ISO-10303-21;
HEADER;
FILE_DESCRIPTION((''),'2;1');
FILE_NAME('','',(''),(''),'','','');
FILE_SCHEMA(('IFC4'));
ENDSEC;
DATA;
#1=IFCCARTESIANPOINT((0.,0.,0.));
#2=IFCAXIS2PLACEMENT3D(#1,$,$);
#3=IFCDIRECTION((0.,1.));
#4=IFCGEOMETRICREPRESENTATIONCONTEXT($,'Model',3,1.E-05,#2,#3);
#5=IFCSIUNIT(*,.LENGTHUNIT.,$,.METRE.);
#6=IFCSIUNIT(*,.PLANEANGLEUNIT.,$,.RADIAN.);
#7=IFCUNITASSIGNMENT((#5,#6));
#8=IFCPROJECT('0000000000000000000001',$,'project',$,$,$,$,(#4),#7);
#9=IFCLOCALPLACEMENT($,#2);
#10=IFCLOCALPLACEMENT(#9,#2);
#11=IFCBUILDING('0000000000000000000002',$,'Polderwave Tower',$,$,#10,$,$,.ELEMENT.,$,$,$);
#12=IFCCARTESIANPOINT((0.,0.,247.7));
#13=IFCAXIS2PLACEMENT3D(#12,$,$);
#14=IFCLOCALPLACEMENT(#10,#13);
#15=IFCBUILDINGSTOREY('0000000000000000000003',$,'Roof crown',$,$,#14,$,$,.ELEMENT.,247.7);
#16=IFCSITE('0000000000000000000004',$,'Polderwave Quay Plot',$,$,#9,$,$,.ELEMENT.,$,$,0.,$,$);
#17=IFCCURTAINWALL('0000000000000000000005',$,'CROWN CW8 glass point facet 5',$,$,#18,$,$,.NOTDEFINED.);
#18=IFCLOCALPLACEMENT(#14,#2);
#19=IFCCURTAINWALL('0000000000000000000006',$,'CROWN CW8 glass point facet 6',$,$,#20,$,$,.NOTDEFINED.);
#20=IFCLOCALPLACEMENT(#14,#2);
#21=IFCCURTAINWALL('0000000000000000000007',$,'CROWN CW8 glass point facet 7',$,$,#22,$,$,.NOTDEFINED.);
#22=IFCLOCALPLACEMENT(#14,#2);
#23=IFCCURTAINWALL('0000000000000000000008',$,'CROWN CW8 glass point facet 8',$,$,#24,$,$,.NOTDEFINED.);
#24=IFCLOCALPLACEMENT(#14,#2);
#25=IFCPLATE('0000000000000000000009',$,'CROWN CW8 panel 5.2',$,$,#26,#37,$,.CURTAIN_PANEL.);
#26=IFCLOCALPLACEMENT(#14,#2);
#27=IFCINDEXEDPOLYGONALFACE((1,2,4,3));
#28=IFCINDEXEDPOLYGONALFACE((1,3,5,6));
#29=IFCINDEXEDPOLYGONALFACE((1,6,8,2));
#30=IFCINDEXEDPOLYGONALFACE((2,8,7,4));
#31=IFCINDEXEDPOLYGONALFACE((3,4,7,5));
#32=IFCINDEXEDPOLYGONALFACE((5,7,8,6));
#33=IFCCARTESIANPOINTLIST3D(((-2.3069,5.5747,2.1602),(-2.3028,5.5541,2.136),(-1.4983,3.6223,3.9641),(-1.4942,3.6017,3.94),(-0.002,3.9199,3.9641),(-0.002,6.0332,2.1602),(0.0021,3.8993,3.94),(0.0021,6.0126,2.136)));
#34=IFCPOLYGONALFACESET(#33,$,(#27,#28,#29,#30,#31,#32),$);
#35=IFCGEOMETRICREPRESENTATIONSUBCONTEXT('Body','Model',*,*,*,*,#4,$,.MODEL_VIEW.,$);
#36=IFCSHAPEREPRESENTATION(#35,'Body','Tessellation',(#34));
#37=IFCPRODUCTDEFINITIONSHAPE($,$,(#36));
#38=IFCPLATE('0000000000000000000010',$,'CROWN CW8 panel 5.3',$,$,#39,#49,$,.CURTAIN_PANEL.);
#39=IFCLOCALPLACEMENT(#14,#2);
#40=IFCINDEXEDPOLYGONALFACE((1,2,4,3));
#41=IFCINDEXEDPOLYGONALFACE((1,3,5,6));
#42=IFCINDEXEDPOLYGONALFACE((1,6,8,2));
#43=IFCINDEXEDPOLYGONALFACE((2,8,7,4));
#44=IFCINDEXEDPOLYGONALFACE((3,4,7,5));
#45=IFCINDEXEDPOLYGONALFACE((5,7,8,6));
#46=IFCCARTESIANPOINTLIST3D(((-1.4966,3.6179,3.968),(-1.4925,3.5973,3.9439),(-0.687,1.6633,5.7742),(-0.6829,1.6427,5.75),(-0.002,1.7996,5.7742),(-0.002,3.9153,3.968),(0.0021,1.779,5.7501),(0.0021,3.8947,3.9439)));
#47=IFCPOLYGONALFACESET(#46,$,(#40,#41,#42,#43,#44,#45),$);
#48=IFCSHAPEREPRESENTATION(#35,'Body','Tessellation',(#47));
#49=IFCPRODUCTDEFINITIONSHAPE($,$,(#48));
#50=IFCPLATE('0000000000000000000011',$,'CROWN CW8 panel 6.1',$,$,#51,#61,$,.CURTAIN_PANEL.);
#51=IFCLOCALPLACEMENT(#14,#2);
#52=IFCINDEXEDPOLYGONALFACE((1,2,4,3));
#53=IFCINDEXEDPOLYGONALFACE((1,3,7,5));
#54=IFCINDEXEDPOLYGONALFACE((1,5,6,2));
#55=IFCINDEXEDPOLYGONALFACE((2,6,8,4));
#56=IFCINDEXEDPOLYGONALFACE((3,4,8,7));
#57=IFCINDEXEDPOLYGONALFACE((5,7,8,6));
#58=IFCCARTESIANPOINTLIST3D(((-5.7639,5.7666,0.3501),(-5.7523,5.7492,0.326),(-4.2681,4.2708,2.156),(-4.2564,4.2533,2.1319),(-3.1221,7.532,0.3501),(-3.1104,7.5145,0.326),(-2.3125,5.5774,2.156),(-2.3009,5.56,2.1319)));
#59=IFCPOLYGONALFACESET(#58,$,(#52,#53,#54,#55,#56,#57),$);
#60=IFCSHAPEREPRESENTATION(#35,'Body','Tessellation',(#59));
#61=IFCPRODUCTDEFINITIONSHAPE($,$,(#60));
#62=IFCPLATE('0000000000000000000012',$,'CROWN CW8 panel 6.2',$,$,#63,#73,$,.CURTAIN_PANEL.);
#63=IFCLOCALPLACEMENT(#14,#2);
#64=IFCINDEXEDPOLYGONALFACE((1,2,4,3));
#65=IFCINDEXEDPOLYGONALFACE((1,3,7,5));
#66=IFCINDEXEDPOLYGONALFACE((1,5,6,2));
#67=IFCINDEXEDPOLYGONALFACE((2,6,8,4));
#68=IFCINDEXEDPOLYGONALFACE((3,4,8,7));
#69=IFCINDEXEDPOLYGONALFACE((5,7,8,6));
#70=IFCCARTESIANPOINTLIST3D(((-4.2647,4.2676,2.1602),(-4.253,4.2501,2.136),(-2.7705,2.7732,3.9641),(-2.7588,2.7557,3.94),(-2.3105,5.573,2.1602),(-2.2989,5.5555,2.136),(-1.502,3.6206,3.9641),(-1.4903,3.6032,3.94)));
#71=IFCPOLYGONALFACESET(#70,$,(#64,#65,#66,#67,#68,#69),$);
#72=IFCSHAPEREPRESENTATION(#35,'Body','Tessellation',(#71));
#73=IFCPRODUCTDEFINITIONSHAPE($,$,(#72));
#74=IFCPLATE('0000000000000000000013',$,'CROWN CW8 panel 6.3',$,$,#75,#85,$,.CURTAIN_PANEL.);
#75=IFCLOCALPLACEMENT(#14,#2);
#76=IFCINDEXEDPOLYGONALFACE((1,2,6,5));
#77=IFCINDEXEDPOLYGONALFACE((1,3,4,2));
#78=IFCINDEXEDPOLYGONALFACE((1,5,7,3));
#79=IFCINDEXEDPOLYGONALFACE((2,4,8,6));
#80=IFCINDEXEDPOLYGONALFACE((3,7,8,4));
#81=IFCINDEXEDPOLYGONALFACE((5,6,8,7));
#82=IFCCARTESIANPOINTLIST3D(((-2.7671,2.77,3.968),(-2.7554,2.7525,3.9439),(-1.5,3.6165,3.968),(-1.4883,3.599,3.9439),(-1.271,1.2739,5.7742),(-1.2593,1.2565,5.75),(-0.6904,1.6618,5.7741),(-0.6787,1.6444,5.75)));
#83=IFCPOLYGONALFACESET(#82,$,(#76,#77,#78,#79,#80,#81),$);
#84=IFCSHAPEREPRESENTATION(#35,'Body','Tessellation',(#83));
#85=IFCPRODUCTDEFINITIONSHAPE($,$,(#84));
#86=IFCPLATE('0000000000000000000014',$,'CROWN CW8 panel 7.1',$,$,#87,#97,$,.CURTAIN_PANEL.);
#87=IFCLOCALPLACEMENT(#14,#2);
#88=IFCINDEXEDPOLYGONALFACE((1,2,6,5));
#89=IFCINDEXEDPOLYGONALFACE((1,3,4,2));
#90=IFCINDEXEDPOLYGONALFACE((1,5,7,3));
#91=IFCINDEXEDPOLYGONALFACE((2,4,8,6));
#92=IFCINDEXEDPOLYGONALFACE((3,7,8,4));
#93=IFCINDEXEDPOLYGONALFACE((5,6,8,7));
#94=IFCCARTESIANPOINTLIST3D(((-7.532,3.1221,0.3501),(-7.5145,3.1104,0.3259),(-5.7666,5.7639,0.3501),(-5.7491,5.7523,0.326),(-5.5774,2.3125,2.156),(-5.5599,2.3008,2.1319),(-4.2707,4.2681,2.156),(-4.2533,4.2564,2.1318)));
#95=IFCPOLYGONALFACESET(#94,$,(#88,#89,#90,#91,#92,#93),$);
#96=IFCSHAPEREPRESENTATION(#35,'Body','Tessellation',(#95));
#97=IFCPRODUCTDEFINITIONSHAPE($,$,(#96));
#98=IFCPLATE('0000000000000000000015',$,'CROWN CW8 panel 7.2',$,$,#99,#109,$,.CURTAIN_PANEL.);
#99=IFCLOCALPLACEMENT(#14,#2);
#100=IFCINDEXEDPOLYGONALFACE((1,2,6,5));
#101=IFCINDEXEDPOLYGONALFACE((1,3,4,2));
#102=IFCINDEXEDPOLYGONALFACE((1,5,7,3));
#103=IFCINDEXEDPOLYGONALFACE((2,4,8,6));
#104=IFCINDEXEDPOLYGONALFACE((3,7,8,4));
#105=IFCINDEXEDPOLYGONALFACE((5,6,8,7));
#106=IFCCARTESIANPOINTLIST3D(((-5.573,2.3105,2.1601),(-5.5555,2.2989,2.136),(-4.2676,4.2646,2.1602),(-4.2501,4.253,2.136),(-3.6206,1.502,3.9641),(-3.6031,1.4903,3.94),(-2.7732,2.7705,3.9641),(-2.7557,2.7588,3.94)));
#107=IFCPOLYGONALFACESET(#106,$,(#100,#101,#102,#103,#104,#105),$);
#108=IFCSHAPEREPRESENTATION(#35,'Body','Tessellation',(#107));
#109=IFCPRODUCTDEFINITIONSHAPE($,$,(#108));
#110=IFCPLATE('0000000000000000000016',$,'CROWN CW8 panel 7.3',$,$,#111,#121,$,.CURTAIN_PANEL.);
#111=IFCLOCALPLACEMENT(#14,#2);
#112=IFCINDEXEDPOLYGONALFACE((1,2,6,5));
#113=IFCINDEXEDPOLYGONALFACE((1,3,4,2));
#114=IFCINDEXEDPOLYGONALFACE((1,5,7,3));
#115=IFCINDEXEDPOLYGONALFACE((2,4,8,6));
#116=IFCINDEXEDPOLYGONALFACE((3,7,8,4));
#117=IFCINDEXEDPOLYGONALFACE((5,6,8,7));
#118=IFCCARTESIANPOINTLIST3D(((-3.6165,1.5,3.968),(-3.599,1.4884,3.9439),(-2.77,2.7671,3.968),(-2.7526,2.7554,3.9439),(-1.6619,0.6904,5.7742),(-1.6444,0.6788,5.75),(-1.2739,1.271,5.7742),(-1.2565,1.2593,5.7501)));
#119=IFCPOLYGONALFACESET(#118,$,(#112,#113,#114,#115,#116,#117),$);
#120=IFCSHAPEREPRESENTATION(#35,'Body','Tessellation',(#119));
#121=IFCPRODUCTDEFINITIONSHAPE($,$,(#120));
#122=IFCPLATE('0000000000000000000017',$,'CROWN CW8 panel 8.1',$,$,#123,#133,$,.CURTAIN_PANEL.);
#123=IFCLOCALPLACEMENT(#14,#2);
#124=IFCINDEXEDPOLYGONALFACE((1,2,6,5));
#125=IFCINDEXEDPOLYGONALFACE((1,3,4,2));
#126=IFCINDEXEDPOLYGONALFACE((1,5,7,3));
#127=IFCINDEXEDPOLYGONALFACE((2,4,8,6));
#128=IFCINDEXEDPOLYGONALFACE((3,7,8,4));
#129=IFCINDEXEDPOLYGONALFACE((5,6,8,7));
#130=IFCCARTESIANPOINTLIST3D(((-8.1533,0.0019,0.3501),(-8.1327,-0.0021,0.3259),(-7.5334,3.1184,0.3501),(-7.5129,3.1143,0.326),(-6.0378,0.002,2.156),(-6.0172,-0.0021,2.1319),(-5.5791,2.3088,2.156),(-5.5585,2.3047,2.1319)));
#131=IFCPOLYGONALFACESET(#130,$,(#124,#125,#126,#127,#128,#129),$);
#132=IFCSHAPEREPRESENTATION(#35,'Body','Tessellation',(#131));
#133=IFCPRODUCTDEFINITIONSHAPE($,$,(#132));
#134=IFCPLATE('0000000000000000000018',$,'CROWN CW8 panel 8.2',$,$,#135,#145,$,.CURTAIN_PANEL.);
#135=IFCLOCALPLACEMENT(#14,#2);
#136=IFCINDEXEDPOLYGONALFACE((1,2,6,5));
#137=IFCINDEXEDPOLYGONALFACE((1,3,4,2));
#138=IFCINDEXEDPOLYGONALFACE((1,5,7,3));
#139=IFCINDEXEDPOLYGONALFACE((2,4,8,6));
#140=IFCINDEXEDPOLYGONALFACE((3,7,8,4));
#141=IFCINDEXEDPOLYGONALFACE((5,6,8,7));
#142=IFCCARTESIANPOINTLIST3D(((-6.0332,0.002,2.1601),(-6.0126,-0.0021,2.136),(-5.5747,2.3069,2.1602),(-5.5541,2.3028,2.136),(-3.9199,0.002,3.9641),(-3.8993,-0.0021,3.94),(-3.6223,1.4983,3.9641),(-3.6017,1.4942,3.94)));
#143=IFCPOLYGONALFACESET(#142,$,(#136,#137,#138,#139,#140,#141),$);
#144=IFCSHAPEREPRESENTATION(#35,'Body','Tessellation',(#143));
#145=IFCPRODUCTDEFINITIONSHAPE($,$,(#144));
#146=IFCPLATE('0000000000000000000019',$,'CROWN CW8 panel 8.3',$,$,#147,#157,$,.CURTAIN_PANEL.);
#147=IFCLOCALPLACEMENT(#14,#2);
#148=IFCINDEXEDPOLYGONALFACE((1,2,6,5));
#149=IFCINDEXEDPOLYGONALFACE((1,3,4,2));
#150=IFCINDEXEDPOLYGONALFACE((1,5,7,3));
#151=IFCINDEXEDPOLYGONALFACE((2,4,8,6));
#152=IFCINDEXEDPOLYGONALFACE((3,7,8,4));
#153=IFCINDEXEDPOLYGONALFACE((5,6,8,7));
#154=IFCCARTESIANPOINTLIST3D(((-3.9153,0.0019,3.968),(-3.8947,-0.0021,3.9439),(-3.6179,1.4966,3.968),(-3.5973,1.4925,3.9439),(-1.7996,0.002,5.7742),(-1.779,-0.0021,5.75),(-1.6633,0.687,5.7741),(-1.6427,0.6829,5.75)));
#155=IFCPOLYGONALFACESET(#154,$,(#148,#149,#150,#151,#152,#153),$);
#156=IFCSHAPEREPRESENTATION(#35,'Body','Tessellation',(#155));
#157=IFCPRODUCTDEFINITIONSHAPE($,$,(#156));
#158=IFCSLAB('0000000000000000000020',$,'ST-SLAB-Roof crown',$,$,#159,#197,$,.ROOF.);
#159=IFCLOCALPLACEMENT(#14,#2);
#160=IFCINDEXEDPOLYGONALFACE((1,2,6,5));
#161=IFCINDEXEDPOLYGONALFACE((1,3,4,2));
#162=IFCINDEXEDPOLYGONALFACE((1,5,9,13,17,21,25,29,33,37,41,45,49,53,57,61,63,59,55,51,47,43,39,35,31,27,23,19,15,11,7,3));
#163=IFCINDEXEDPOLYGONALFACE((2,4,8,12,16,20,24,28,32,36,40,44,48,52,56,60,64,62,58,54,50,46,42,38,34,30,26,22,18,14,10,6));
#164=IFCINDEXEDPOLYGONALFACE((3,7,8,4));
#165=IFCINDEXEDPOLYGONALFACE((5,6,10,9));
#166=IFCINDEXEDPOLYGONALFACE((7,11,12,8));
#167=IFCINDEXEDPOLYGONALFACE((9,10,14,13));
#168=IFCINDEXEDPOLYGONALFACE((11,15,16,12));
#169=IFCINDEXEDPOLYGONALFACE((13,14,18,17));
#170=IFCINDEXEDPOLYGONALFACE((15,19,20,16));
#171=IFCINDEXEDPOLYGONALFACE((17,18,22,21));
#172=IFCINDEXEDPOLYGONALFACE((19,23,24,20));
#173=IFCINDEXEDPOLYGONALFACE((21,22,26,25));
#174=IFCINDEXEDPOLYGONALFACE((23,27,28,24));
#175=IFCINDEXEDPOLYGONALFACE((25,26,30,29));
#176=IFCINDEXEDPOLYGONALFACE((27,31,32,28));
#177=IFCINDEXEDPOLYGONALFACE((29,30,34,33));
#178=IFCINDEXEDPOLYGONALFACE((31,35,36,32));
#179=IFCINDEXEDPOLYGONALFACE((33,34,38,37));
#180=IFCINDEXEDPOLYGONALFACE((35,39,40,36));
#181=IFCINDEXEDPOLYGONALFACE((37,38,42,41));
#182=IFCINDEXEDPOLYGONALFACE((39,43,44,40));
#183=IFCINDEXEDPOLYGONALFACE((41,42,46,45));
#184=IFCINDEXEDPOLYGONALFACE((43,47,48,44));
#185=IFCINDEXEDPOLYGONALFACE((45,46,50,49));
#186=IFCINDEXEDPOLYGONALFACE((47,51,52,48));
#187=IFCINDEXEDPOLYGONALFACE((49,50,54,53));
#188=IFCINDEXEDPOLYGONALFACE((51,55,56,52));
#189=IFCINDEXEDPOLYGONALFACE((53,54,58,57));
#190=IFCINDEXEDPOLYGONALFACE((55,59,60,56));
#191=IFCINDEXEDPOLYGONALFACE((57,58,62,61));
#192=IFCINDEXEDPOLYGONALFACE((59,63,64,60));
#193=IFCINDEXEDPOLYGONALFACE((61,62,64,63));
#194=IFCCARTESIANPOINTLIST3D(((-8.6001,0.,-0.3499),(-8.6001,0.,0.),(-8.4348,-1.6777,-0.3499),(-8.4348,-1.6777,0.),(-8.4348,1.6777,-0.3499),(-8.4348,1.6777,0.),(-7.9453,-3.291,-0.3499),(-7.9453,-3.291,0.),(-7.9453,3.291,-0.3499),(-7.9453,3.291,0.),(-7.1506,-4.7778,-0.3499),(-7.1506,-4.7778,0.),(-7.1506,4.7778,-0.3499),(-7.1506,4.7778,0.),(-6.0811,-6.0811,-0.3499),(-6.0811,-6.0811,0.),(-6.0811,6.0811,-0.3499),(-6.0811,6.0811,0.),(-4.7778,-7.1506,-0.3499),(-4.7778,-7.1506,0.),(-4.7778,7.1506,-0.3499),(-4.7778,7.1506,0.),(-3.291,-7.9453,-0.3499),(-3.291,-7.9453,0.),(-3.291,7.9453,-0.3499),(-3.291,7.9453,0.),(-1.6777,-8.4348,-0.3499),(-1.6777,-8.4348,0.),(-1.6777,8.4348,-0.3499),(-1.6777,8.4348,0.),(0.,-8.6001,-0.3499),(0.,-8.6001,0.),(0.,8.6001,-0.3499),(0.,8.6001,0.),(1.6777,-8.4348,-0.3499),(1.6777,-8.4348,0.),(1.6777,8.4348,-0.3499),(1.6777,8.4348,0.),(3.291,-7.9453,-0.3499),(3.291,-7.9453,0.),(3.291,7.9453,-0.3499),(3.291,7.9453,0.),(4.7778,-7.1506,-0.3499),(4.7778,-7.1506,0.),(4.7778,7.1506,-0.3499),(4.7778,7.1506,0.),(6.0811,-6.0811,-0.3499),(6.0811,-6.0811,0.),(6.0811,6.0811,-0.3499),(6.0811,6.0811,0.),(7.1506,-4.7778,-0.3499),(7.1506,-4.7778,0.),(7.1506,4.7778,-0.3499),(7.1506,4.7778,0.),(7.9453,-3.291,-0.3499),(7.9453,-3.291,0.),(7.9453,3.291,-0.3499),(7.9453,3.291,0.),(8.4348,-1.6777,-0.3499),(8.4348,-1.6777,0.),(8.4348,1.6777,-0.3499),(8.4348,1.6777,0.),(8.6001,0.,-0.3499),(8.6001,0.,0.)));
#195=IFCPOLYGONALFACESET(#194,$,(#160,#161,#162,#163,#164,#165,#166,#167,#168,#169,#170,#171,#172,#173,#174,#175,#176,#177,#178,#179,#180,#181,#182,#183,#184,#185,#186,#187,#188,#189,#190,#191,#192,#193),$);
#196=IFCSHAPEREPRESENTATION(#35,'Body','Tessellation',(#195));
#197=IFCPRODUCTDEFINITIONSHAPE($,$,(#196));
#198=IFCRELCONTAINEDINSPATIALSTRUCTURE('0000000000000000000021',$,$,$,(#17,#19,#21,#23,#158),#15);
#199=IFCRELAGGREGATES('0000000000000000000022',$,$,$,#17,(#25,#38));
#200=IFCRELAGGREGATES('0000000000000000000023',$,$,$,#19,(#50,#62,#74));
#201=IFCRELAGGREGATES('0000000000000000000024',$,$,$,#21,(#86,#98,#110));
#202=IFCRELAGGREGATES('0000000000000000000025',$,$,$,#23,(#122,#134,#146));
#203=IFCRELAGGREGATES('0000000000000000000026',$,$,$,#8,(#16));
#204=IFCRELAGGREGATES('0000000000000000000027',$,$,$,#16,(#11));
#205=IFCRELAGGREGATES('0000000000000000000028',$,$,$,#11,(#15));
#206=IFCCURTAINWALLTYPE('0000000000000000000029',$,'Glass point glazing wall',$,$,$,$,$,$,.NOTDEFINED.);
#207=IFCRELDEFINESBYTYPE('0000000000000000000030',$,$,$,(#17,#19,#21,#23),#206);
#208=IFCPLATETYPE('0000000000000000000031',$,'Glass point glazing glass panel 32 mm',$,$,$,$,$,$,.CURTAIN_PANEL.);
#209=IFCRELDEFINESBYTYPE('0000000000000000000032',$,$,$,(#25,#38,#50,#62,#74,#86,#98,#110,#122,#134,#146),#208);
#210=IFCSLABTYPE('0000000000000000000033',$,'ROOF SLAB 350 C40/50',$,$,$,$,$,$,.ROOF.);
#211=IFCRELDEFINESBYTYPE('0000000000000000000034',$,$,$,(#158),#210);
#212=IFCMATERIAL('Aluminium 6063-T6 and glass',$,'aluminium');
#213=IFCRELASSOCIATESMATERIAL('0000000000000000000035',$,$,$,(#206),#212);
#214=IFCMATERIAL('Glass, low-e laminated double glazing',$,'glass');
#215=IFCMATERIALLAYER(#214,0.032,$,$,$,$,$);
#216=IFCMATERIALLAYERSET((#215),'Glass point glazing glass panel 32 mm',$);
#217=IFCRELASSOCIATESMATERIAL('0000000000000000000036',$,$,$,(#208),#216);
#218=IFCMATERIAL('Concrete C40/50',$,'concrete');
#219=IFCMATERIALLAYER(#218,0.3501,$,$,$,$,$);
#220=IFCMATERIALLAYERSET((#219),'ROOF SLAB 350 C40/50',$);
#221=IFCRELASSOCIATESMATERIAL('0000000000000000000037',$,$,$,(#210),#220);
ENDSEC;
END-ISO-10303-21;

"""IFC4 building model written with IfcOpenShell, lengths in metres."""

from ifc_helpers import new_model, si_unit, direction, frame, origin, place, context, subcontext, project, spatial, polyline, outline, extrude, material, layer, layer_set, type_object, element, aggregate, save


model = new_model("IFC4")

# Units and contexts
model_context = context("Model", 3, precision=1e-05, world=origin(), true_north=direction((0.0, 1.0)))
body_context = subcontext(model_context, "Body", "Model", "MODEL_VIEW")
ifc_project = project(units=[si_unit("LENGTHUNIT", "METRE"), si_unit("PLANEANGLEUNIT", "RADIAN")], contexts=[model_context])

# Site, building, storey
site_placement = place(None, origin())
site = spatial("IfcSite", under=ifc_project, at=site_placement, Name="Polderwave Quay Plot", CompositionType="ELEMENT", RefElevation=0.0)
building_placement = place(site_placement, origin())
building = spatial("IfcBuilding", under=site, at=building_placement, Name="Polderwave Tower", CompositionType="ELEMENT")
storey_placement = place(building_placement, frame((0.0, 0.0, 247.7)))
storey = spatial("IfcBuildingStorey", under=building, at=storey_placement, Name="Roof crown", CompositionType="ELEMENT", Elevation=247.7)

# Curtain walls
ifc_material_1 = material(Name="Aluminium 6063-T6 and glass", Category="aluminium")
curtain_wall_type = type_object("IfcCurtainWallType", Name="Glass point glazing wall", PredefinedType="NOTDEFINED", material=ifc_material_1)
curtain_wall_1_placement = place(storey_placement, origin())
curtain_wall_1 = element("IfcCurtainWall", 1, at=curtain_wall_1_placement, inside=storey, type_object=curtain_wall_type, Name="CROWN CW8 glass point facet 5", PredefinedType="NOTDEFINED")
curtain_wall_2_placement = place(storey_placement, origin())
curtain_wall_2 = element("IfcCurtainWall", 2, at=curtain_wall_2_placement, inside=storey, type_object=curtain_wall_type, Name="CROWN CW8 glass point facet 6", PredefinedType="NOTDEFINED")
curtain_wall_3_placement = place(storey_placement, origin())
curtain_wall_3 = element("IfcCurtainWall", 3, at=curtain_wall_3_placement, inside=storey, type_object=curtain_wall_type, Name="CROWN CW8 glass point facet 7", PredefinedType="NOTDEFINED")
curtain_wall_4_placement = place(storey_placement, origin())
curtain_wall_4 = element("IfcCurtainWall", 4, at=curtain_wall_4_placement, inside=storey, type_object=curtain_wall_type, Name="CROWN CW8 glass point facet 8", PredefinedType="NOTDEFINED")

# Plates
ifc_material_2 = material(Name="Glass, low-e laminated double glazing", Category="glass")
ifc_layer_1 = layer(ifc_material_2, 0.032)
ifc_layer_set_1 = layer_set([ifc_layer_1], Name="Glass point glazing glass panel 32 mm")
plate_type_1 = type_object("IfcPlateType", Name="Glass point glazing glass panel 32 mm", PredefinedType="CURTAIN_PANEL", material=ifc_layer_set_1)
plate_1_placement = place(storey_placement, frame((-0.002, 6.0332, 2.1602), z_axis=(-0.128078, 0.643906, 0.754308), x_axis=(-0.980785, -0.195092, 0.000005)))
plate_1 = element("IfcPlate", 5, at=plate_1_placement, type_object=plate_type_1, Name="CROWN CW8 panel 5.2", PredefinedType="CURTAIN_PANEL", context=body_context, shape_type="SweptSolid", body=[
    extrude(outline(polyline([(0.0, 0.0), (2.3501, 0.0), (1.9379, 2.7477), (0.4123, 2.7478), (0.0, 0.0)])), origin(), (0.0, 0.0, -1.0), 0.032),
])
plate_2_placement = place(storey_placement, frame((-0.002, 3.9153, 3.968), z_axis=(-0.128094, 0.643931, 0.754284), x_axis=(-0.98078, -0.195118, 0.000014)))
plate_2 = element("IfcPlate", 6, at=plate_2_placement, type_object=plate_type_1, Name="CROWN CW8 panel 5.3", PredefinedType="CURTAIN_PANEL", context=body_context, shape_type="SweptSolid", body=[
    extrude(outline(polyline([(0.0, 0.0), (1.5239, 0.0), (1.1113, 2.751), (0.4128, 2.751), (0.0, 0.0)])), origin(), (0.0, 0.0, -1.0), 0.032),
])
aggregate(curtain_wall_1, [plate_1, plate_2])
plate_3_placement = place(storey_placement, frame((-3.1221, 7.532, 0.3501), z_axis=(-0.364755, 0.545872, 0.754306), x_axis=(-0.831452, -0.555596, 0.000011)))
plate_3 = element("IfcPlate", 7, at=plate_3_placement, type_object=plate_type_1, Name="CROWN CW8 panel 6.1", PredefinedType="CURTAIN_PANEL", context=body_context, shape_type="SweptSolid", body=[
    extrude(outline(polyline([(0.0, 0.0), (3.1774, 0.0), (2.7648, 2.7507), (0.4129, 2.7508), (0.0, 0.0)])), origin(), (0.0, 0.0, -1.0), 0.032),
])
plate_4_placement = place(storey_placement, frame((-2.3105, 5.573, 2.1602), z_axis=(-0.364691, 0.54592, 0.754302), x_axis=(-0.831524, -0.555488, 0.000004)))
plate_4 = element("IfcPlate", 8, at=plate_4_placement, type_object=plate_type_1, Name="CROWN CW8 panel 6.2", PredefinedType="CURTAIN_PANEL", context=body_context, shape_type="SweptSolid", body=[
    extrude(outline(polyline([(0.0, 0.0), (2.35, 0.0), (1.9377, 2.7477), (0.4122, 2.7477), (0.0, 0.0)])), origin(), (0.0, 0.0, -1.0), 0.032),
])
plate_5_placement = place(storey_placement, frame((-1.5, 3.6165, 3.968), z_axis=(-0.364717, 0.545922, 0.754288), x_axis=(-0.831522, -0.555491, -0.000021)))
plate_5 = element("IfcPlate", 9, at=plate_5_placement, type_object=plate_type_1, Name="CROWN CW8 panel 6.3", PredefinedType="CURTAIN_PANEL", context=body_context, shape_type="SweptSolid", body=[
    extrude(outline(polyline([(0.0, 0.0), (1.5238, 0.0), (1.1108, 2.751), (0.4125, 2.751), (0.0, 0.0)])), origin(), (0.0, 0.0, -1.0), 0.032),
])
aggregate(curtain_wall_2, [plate_3, plate_4, plate_5])
plate_6_placement = place(storey_placement, frame((-5.7666, 5.7639, 0.3501), z_axis=(-0.545872, 0.364755, 0.754306), x_axis=(-0.555596, -0.831452, -0.000011)))
plate_6 = element("IfcPlate", 10, at=plate_6_placement, type_object=plate_type_1, Name="CROWN CW8 panel 7.1", PredefinedType="CURTAIN_PANEL", context=body_context, shape_type="SweptSolid", body=[
    extrude(outline(polyline([(0.0, 0.0), (3.1774, 0.0), (2.7645, 2.7508), (0.4126, 2.7507), (0.0, 0.0)])), origin(), (0.0, 0.0, -1.0), 0.032),
])
plate_7_placement = place(storey_placement, frame((-4.2676, 4.2646, 2.1602), z_axis=(-0.54592, 0.364691, 0.754302), x_axis=(-0.555488, -0.831524, -0.000004)))
plate_7 = element("IfcPlate", 11, at=plate_7_placement, type_object=plate_type_1, Name="CROWN CW8 panel 7.2", PredefinedType="CURTAIN_PANEL", context=body_context, shape_type="SweptSolid", body=[
    extrude(outline(polyline([(0.0, 0.0), (2.35, 0.0), (1.9379, 2.7477), (0.4123, 2.7477), (0.0, 0.0)])), origin(), (0.0, 0.0, -1.0), 0.032),
])
plate_8_placement = place(storey_placement, frame((-2.77, 2.7671, 3.968), z_axis=(-0.545922, 0.364717, 0.754288), x_axis=(-0.555491, -0.831522, 0.000021)))
plate_8 = element("IfcPlate", 12, at=plate_8_placement, type_object=plate_type_1, Name="CROWN CW8 panel 7.3", PredefinedType="CURTAIN_PANEL", context=body_context, shape_type="SweptSolid", body=[
    extrude(outline(polyline([(0.0, 0.0), (1.5238, 0.0), (1.1113, 2.751), (0.413, 2.751), (0.0, 0.0)])), origin(), (0.0, 0.0, -1.0), 0.032),
])
aggregate(curtain_wall_3, [plate_6, plate_7, plate_8])
plate_9_placement = place(storey_placement, frame((-7.5334, 3.1184, 0.3501), z_axis=(-0.643929, 0.128067, 0.75429), x_axis=(-0.195074, -0.980789, -0.000009)))
plate_9 = element("IfcPlate", 13, at=plate_9_placement, type_object=plate_type_1, Name="CROWN CW8 panel 8.1", PredefinedType="CURTAIN_PANEL", context=body_context, shape_type="SweptSolid", body=[
    extrude(outline(polyline([(0.0, 0.0), (3.1775, 0.0), (2.7648, 2.7507), (0.4128, 2.7506), (0.0, 0.0)])), origin(), (0.0, 0.0, -1.0), 0.032),
])
plate_10_placement = place(storey_placement, frame((-5.5747, 2.3069, 2.1602), z_axis=(-0.643906, 0.128078, 0.754308), x_axis=(-0.195092, -0.980785, -0.000005)))
plate_10 = element("IfcPlate", 14, at=plate_10_placement, type_object=plate_type_1, Name="CROWN CW8 panel 8.2", PredefinedType="CURTAIN_PANEL", context=body_context, shape_type="SweptSolid", body=[
    extrude(outline(polyline([(0.0, 0.0), (2.3501, 0.0), (1.9378, 2.7478), (0.4121, 2.7477), (0.0, 0.0)])), origin(), (0.0, 0.0, -1.0), 0.032),
])
plate_11_placement = place(storey_placement, frame((-3.6179, 1.4966, 3.968), z_axis=(-0.643931, 0.128094, 0.754284), x_axis=(-0.195118, -0.98078, -0.000014)))
plate_11 = element("IfcPlate", 15, at=plate_11_placement, type_object=plate_type_1, Name="CROWN CW8 panel 8.3", PredefinedType="CURTAIN_PANEL", context=body_context, shape_type="SweptSolid", body=[
    extrude(outline(polyline([(0.0, 0.0), (1.5239, 0.0), (1.1111, 2.751), (0.4126, 2.751), (0.0, 0.0)])), origin(), (0.0, 0.0, -1.0), 0.032),
])
aggregate(curtain_wall_4, [plate_9, plate_10, plate_11])

# Slab
ifc_material_3 = material(Name="Concrete C40/50", Category="concrete")
ifc_layer_2 = layer(ifc_material_3, 0.3501)
ifc_layer_set_2 = layer_set([ifc_layer_2], Name="ROOF SLAB 350 C40/50")
slab_type = type_object("IfcSlabType", Name="ROOF SLAB 350 C40/50", PredefinedType="ROOF", material=ifc_layer_set_2)
slab_placement = place(storey_placement, frame((0.0, 0.0, -0.3499)))
element("IfcSlab", 16, at=slab_placement, inside=storey, type_object=slab_type, Name="ST-SLAB-Roof crown", PredefinedType="ROOF", context=body_context, shape_type="SweptSolid", body=[
    extrude(outline(polyline([(8.6001, 0.0), (8.4348, 1.6777), (7.9453, 3.291), (7.1506, 4.7778), (6.0811, 6.0811), (4.7778, 7.1506), (3.291, 7.9453), (1.6777, 8.4348), (0.0, 8.6001), (-1.6777, 8.4348), (-3.291, 7.9453), (-4.7778, 7.1506), (-6.0811, 6.0811), (-7.1506, 4.7778), (-7.9453, 3.291), (-8.4348, 1.6777), (-8.6001, 0.0), (-8.4348, -1.6777), (-7.9453, -3.291), (-7.1506, -4.7778), (-6.0811, -6.0811), (-4.7778, -7.1506), (-3.291, -7.9453), (-1.6777, -8.4348), (0.0, -8.6001), (1.6777, -8.4348), (3.291, -7.9453), (4.7778, -7.1506), (6.0811, -6.0811), (7.1506, -4.7778), (7.9453, -3.291), (8.4348, -1.6777), (8.6001, 0.0)])), origin(), (0.0, 0.0, 1.0), 0.3499),
])

save(model, "model.ifc")
